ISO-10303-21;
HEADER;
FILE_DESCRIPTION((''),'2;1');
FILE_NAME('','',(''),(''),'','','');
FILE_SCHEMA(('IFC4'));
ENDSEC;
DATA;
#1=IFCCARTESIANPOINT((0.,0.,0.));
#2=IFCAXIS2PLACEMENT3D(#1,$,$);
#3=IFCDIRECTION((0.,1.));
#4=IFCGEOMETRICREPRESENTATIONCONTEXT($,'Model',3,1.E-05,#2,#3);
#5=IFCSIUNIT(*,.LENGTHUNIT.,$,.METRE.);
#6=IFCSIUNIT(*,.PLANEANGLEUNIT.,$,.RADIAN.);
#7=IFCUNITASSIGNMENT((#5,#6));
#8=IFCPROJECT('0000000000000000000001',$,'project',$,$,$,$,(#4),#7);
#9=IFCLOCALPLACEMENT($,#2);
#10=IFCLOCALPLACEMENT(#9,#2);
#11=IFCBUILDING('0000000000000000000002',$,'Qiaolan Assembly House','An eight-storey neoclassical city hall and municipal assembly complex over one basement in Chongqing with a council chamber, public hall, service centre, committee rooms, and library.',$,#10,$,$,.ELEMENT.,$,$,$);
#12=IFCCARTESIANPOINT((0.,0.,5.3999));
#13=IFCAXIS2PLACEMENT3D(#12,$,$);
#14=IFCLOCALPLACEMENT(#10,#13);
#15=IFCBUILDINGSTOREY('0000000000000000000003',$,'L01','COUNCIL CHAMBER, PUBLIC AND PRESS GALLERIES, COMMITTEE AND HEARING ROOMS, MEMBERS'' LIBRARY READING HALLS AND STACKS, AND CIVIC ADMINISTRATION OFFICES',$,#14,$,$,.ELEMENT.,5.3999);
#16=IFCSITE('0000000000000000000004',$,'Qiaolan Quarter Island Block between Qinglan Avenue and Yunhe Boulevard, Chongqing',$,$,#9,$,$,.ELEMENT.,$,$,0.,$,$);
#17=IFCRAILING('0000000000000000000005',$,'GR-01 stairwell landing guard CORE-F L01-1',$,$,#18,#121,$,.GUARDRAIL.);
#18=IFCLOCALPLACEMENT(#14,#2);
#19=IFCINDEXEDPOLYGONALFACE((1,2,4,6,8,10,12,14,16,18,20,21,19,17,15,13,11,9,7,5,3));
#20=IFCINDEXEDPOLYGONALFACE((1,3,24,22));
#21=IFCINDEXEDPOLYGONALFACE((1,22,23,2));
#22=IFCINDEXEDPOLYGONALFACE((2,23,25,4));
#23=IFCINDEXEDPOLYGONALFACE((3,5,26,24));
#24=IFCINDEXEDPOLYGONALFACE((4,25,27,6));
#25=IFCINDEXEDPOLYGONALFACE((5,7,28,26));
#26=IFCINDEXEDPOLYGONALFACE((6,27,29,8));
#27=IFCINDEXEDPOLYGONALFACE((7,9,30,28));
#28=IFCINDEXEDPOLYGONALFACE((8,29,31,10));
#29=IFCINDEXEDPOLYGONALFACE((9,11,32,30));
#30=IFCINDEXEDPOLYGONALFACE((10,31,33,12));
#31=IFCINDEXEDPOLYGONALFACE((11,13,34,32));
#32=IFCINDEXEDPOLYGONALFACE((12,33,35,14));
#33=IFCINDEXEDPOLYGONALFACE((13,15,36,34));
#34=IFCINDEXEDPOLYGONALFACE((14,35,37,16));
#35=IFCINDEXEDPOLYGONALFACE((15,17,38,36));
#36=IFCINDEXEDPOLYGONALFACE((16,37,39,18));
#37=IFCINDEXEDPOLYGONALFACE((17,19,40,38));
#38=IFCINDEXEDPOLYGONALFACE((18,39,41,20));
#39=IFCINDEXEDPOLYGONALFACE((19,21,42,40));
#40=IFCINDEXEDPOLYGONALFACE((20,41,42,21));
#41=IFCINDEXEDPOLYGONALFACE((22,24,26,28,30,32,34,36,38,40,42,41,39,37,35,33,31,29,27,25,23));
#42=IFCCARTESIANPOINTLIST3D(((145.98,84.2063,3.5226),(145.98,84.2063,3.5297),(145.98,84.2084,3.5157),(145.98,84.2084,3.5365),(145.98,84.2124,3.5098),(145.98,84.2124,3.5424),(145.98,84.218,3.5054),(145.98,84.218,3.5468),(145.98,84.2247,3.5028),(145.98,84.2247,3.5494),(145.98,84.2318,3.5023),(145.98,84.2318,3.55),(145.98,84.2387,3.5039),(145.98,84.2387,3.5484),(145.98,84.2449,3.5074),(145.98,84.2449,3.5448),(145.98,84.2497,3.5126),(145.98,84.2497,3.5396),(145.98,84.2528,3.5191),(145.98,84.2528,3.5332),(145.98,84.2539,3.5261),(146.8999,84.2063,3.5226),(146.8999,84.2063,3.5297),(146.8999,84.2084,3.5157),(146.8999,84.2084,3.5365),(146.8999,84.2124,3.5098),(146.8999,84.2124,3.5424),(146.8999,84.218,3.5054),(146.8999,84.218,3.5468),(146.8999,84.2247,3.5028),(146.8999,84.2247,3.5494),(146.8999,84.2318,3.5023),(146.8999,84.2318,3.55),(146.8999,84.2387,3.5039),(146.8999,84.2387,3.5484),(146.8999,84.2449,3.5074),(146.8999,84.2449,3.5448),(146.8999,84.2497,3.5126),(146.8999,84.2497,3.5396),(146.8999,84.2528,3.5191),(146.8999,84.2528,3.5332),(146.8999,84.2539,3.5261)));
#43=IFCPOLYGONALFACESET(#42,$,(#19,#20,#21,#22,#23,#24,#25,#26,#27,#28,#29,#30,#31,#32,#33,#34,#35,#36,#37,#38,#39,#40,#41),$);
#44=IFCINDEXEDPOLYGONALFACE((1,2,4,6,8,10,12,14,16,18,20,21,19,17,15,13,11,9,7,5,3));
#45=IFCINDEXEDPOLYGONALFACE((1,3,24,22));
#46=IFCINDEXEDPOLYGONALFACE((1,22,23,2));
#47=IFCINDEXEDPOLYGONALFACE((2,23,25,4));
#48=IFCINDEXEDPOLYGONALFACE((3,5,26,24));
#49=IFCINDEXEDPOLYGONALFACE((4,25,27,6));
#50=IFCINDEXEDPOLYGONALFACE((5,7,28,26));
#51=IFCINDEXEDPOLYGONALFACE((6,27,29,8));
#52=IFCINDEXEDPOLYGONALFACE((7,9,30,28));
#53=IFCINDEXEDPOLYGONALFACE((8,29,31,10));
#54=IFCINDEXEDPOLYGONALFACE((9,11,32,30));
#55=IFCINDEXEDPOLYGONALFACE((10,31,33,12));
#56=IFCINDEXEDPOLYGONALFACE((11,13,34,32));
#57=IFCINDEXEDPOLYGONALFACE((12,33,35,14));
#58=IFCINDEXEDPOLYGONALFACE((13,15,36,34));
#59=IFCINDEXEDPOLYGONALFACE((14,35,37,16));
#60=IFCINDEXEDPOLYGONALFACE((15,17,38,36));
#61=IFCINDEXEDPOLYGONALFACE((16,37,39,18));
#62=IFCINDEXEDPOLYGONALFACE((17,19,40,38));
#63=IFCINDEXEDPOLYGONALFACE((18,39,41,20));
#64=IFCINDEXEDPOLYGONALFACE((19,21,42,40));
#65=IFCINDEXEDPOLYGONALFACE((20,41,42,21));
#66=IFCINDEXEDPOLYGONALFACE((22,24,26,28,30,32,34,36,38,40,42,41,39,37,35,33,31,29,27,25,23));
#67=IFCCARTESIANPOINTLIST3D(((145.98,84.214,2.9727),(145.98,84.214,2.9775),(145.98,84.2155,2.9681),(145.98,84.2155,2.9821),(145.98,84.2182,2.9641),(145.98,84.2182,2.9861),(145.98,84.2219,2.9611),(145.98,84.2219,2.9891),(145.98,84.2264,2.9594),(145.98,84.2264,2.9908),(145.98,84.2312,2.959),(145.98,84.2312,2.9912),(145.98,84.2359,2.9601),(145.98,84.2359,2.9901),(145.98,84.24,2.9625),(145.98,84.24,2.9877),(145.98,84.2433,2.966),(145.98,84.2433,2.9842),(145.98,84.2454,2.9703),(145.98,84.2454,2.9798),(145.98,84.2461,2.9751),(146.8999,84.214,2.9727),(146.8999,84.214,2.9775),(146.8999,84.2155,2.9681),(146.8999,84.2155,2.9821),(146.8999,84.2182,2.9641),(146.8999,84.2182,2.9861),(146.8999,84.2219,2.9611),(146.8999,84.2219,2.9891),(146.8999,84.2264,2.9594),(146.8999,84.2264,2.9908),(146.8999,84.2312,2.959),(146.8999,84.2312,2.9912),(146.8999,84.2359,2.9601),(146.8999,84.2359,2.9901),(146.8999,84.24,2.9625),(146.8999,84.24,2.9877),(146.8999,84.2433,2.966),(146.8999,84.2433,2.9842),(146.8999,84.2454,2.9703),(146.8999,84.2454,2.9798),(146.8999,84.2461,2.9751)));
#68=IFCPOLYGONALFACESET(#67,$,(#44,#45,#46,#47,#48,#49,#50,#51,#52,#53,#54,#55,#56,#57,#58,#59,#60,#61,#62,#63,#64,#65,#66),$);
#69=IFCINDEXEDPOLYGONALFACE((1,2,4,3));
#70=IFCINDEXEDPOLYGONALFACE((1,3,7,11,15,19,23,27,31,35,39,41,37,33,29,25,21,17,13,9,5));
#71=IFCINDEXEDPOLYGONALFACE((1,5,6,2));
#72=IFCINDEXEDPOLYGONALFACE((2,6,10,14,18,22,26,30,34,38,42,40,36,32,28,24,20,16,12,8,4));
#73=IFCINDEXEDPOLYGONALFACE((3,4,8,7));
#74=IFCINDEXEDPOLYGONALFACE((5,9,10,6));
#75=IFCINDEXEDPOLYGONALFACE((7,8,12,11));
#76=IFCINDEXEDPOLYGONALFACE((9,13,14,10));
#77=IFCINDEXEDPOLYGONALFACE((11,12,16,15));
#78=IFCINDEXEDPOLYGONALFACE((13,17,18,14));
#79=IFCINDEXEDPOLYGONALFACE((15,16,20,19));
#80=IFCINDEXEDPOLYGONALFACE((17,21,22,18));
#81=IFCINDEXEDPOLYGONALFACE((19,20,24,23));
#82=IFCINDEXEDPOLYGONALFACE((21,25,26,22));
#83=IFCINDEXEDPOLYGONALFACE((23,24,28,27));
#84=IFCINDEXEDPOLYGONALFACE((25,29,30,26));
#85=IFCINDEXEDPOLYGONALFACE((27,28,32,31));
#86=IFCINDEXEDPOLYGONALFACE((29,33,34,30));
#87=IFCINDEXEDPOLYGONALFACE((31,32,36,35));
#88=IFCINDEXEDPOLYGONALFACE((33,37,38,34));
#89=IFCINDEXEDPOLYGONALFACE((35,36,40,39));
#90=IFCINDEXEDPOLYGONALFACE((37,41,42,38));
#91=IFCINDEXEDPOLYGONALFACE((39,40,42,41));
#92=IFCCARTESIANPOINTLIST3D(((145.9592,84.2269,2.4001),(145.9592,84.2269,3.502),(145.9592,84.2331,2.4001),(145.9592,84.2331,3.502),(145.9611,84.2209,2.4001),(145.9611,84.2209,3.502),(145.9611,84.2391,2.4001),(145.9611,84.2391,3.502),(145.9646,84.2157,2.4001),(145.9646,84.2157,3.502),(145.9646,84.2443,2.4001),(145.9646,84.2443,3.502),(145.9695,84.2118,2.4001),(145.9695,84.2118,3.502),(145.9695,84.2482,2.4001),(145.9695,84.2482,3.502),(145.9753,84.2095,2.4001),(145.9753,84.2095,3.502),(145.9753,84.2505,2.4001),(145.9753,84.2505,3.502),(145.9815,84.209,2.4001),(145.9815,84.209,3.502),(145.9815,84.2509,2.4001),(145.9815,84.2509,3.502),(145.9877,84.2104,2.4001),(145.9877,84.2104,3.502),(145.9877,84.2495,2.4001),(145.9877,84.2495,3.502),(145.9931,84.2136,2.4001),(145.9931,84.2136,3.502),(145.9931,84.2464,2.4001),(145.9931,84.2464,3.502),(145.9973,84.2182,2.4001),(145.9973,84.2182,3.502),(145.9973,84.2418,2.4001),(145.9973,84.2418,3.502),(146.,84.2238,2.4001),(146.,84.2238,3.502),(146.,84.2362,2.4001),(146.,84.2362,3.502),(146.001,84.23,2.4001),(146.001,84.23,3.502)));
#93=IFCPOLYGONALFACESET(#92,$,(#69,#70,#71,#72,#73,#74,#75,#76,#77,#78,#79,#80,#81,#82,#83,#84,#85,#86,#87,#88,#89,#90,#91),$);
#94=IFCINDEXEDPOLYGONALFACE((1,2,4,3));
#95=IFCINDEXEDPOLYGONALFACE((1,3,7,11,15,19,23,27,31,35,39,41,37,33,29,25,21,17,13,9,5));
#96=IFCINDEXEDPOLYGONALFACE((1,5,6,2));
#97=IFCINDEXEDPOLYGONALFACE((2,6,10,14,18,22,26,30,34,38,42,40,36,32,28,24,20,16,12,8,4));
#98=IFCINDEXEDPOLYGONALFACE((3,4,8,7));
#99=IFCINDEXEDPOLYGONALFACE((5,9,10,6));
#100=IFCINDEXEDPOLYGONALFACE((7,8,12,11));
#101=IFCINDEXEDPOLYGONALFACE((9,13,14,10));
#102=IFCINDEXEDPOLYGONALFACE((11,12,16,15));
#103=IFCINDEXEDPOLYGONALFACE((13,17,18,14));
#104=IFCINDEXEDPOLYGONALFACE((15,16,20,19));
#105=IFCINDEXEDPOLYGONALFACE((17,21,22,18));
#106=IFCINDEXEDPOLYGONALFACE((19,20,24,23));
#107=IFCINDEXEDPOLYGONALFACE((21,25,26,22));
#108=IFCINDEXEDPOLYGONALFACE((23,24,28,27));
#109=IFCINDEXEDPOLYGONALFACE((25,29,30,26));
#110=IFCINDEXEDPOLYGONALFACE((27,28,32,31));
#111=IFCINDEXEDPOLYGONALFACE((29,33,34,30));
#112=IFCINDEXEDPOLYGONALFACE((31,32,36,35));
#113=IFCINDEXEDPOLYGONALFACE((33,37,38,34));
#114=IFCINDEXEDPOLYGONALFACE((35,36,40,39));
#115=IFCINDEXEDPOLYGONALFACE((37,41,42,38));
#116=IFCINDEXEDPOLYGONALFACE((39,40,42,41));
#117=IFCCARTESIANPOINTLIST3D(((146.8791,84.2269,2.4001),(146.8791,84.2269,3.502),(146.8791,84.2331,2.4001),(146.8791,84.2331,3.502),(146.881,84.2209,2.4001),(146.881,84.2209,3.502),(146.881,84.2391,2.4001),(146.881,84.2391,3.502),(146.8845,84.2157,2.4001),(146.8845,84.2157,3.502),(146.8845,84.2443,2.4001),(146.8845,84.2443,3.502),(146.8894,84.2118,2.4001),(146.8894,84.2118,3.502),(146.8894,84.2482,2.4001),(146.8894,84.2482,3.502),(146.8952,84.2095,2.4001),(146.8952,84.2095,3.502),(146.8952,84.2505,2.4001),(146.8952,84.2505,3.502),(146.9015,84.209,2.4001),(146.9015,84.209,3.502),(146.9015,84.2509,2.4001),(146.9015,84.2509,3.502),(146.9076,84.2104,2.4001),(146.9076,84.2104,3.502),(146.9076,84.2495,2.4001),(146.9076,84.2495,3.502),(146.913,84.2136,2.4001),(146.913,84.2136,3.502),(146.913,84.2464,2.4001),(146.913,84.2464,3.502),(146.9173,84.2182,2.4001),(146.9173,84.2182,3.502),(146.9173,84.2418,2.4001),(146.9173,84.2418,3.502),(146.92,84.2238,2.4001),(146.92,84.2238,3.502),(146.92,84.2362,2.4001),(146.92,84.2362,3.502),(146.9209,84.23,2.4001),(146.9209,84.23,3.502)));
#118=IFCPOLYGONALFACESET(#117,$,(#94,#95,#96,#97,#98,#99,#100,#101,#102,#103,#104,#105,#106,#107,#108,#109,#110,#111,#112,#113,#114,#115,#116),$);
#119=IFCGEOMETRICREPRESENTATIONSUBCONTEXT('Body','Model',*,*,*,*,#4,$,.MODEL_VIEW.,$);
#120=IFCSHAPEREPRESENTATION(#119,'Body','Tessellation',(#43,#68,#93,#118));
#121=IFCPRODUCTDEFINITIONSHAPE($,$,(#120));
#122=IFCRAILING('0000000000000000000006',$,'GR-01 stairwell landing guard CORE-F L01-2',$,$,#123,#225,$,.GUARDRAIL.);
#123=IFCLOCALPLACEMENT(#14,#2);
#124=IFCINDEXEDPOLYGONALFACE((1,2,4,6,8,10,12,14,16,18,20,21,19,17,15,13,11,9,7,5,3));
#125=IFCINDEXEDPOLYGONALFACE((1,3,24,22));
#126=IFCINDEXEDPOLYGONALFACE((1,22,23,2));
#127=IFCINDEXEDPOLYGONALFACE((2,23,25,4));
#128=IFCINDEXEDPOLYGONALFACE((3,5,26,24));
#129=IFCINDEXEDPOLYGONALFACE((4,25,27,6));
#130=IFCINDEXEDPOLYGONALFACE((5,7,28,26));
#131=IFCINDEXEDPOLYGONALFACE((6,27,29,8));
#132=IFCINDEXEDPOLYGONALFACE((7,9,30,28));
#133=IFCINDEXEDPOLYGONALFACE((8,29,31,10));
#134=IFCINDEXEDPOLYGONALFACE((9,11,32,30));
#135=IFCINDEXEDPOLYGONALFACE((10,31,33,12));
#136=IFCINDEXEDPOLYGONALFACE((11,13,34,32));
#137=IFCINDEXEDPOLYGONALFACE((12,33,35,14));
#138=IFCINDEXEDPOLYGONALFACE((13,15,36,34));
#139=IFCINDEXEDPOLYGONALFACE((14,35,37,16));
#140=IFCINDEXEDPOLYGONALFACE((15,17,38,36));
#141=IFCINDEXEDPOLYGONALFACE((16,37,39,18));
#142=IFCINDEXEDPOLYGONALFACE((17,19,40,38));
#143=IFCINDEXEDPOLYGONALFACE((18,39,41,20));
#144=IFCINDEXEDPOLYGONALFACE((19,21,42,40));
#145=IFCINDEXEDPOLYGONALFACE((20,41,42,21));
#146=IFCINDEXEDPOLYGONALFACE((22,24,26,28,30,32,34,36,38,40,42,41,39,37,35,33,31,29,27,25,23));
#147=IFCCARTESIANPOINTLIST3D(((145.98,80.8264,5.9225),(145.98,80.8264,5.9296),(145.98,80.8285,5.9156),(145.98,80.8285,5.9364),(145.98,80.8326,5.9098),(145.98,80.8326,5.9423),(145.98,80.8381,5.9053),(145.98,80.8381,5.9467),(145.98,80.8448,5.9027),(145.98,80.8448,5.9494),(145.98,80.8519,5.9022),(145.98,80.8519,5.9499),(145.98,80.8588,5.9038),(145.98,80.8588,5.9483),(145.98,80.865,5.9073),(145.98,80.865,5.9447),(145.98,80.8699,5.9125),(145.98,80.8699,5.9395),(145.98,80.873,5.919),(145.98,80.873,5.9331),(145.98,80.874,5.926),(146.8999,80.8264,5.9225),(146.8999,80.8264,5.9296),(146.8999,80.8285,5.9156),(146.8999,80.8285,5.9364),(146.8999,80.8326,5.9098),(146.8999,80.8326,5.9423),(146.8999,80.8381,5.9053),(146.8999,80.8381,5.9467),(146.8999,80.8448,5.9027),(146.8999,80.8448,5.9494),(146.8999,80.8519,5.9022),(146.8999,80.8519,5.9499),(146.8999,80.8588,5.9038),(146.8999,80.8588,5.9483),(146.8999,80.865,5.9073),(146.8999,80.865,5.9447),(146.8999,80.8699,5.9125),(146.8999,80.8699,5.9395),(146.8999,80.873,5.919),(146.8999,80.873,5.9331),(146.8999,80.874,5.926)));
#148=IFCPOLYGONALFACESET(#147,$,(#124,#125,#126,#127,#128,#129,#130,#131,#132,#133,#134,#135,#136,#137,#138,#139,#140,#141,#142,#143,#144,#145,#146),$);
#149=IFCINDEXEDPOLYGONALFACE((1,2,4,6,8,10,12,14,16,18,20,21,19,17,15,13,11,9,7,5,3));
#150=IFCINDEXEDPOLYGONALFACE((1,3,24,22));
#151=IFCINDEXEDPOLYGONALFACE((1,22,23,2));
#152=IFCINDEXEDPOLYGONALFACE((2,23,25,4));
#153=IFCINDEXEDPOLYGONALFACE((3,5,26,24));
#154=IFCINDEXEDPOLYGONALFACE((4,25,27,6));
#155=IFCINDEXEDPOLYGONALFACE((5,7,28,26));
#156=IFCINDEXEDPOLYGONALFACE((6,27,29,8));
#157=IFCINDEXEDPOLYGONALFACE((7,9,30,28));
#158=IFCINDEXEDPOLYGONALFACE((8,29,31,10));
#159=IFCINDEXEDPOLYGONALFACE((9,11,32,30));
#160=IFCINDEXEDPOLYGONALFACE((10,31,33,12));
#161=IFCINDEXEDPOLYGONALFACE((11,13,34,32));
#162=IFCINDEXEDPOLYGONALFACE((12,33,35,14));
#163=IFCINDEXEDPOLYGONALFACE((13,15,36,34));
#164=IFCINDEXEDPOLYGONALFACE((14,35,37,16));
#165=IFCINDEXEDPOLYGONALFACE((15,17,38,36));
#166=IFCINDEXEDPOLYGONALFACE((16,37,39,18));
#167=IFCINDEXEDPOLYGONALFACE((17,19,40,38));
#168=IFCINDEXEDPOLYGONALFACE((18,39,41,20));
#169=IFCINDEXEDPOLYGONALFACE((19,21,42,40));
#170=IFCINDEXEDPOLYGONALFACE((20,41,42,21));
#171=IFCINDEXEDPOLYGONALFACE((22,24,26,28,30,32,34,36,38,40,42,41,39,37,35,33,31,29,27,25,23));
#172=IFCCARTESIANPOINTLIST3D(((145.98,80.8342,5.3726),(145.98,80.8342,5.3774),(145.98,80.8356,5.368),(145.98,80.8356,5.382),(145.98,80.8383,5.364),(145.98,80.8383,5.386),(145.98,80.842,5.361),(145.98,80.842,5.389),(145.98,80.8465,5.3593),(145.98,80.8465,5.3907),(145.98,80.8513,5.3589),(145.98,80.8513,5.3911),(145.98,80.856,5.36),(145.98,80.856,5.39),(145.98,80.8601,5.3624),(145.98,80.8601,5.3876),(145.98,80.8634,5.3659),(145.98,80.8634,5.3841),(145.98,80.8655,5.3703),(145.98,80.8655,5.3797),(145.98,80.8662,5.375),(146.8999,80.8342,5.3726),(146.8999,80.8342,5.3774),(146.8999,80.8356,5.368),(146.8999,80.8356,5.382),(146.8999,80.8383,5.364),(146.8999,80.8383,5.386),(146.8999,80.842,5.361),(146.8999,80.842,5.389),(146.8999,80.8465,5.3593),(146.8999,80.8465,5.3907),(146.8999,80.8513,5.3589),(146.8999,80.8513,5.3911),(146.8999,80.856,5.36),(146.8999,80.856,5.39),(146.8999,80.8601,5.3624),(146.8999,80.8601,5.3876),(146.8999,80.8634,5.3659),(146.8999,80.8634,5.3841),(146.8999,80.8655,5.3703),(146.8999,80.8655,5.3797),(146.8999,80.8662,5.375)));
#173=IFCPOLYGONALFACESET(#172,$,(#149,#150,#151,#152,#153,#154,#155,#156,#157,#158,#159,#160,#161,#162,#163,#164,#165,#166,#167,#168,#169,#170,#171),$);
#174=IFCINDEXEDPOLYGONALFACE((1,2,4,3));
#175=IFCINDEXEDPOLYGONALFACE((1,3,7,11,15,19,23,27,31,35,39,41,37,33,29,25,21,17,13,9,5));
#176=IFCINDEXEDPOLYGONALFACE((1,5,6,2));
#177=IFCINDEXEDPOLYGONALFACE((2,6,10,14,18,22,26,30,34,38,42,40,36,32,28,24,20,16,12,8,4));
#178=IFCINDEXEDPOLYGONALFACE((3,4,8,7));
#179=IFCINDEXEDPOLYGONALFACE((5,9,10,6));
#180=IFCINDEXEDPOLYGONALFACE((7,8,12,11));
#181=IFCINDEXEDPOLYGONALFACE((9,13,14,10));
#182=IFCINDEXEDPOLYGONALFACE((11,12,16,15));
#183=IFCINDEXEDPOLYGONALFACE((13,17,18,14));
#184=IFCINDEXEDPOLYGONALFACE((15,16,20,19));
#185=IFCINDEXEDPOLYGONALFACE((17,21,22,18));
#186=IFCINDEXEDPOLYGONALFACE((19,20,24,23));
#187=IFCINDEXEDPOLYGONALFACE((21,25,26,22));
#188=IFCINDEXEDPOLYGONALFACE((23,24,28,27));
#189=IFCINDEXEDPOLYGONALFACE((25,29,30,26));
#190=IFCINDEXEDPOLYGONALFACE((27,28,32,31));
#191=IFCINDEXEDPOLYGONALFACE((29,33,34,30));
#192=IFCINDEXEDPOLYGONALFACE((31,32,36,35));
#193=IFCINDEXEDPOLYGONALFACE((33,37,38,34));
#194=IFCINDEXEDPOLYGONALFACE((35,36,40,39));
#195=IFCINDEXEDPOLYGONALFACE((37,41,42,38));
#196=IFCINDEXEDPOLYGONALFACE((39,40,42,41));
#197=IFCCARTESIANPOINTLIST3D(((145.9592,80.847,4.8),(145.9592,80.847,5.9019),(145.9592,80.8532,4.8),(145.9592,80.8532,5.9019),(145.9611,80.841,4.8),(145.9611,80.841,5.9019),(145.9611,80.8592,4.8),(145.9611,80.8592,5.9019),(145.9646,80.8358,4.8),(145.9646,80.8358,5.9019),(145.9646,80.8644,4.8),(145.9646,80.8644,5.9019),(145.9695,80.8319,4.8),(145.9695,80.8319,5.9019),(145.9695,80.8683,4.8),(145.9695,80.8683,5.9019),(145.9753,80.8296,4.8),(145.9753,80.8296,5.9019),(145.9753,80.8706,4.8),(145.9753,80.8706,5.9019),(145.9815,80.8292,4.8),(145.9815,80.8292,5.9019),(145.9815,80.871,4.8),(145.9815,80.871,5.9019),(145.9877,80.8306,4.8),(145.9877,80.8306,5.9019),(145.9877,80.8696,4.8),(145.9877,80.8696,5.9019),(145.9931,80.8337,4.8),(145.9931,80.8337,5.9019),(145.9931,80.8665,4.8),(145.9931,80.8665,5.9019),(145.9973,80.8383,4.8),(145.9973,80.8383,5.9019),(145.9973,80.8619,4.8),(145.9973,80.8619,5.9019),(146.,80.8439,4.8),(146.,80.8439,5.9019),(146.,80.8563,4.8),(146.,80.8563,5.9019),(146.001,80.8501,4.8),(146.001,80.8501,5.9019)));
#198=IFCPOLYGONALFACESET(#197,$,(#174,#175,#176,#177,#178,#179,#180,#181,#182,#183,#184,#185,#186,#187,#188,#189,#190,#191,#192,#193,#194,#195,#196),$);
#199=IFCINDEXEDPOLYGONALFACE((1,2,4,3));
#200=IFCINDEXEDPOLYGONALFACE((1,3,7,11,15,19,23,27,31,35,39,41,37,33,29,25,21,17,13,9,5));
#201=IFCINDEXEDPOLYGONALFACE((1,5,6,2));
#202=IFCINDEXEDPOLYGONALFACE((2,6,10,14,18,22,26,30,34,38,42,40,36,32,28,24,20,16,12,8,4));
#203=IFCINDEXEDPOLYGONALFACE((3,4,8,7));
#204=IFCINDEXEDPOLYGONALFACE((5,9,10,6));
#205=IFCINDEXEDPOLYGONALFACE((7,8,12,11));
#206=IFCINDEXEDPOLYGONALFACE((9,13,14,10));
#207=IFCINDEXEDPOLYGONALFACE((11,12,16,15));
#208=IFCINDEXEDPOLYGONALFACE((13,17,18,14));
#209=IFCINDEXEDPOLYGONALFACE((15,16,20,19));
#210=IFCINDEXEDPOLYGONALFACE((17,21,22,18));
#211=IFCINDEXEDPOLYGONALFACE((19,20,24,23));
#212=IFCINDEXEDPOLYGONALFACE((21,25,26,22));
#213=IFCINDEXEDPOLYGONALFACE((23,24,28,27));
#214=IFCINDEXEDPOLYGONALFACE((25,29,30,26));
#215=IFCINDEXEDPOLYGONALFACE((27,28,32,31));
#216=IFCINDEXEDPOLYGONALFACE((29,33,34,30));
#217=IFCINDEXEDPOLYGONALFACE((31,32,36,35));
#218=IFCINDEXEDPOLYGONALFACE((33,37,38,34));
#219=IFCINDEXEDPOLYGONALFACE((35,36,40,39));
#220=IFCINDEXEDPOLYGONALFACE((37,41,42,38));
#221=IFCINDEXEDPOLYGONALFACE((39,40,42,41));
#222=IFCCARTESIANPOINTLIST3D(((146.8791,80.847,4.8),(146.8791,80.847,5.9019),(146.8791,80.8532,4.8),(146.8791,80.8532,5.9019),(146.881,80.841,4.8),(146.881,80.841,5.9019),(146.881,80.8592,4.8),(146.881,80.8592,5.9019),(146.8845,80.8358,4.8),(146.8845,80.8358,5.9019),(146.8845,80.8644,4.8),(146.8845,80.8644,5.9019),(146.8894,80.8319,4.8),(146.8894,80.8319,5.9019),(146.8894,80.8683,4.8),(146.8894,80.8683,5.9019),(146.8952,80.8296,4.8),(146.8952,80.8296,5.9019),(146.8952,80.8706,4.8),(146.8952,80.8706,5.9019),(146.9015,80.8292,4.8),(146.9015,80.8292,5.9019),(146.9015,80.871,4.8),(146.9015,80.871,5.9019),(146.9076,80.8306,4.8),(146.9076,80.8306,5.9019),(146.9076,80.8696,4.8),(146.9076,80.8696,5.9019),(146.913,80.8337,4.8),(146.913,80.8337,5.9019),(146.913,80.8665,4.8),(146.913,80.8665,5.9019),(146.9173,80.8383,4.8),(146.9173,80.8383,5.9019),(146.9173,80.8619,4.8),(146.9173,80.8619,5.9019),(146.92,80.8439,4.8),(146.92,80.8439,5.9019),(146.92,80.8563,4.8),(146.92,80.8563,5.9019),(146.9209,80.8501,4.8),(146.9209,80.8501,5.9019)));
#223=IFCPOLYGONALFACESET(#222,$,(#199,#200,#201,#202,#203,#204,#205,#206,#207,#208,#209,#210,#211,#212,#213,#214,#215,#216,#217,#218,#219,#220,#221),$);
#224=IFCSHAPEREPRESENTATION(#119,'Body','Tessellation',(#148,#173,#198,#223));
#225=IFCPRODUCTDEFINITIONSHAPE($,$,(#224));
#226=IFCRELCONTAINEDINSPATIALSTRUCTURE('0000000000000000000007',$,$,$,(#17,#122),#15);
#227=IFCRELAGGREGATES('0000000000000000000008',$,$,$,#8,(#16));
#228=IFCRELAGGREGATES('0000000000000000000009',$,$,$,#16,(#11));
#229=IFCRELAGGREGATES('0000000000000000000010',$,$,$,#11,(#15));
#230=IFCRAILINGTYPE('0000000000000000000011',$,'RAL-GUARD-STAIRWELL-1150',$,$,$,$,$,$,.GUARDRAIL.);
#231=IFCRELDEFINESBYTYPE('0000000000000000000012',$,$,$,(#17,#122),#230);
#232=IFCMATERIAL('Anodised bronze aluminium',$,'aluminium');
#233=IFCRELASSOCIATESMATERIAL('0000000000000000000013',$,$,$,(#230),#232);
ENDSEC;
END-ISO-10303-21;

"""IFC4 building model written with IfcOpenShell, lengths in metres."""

from ifc_helpers import new_model, si_unit, direction, frame, origin, origin_2d, place, context, subcontext, project, spatial, circle, extrude, material, type_object, element, save


model = new_model("IFC4")

# Units and contexts
model_context = context("Model", 3, precision=1e-05, world=origin(), true_north=direction((0.0, 1.0)))
body_context = subcontext(model_context, "Body", "Model", "MODEL_VIEW")
ifc_project = project(units=[si_unit("LENGTHUNIT", "METRE"), si_unit("PLANEANGLEUNIT", "RADIAN")], contexts=[model_context])

# Site, building, storey
site_placement = place(None, origin())
site = spatial("IfcSite", under=ifc_project, at=site_placement, Name="Qiaolan Quarter Island Block between Qinglan Avenue and Yunhe Boulevard, Chongqing", CompositionType="ELEMENT", RefElevation=0.0)
building_placement = place(site_placement, origin())
building = spatial("IfcBuilding", under=site, at=building_placement, Name="Qiaolan Assembly House", Description="An eight-storey neoclassical city hall and municipal assembly complex over one basement in Chongqing with a council chamber, public hall, service centre, committee rooms, and library.", CompositionType="ELEMENT")
storey_placement = place(building_placement, frame((0.0, 0.0, 5.3999)))
storey = spatial("IfcBuildingStorey", under=building, at=storey_placement, Name="L01", Description="COUNCIL CHAMBER, PUBLIC AND PRESS GALLERIES, COMMITTEE AND HEARING ROOMS, MEMBERS' LIBRARY READING HALLS AND STACKS, AND CIVIC ADMINISTRATION OFFICES", CompositionType="ELEMENT", Elevation=5.3999)

# Shared definitions
ifc_material_1 = material(Name="Anodised bronze aluminium", Category="aluminium")

# Railings
railing_type_1 = type_object("IfcRailingType", Name="RAL-GUARD-STAIRWELL-1150", PredefinedType="GUARDRAIL", material=ifc_material_1)
for number, where, name in (
    (1, (145.98, 84.23, 2.4001), "GR-01 stairwell landing guard CORE-F L01-1"),
    (2, (145.98, 80.8501, 4.8), "GR-01 stairwell landing guard CORE-F L01-2"),
):
    element("IfcRailing", number, at=place(storey_placement, frame(where)), inside=storey, type_object=railing_type_1, Name=name, PredefinedType="GUARDRAIL", context=body_context, shape_type="SweptSolid", body=[
        extrude(circle(Radius=0.0239, at=origin_2d()), frame((0.0, 0.0, 1.126), z_axis=(1.0, 0.0, 0.0), x_axis=(0.0, 1.0, 0.0)), (0.0, 0.0, 1.0), 0.9199),
        extrude(circle(Radius=0.0161, at=origin_2d()), frame((0.0, 0.0, 0.575), z_axis=(1.0, 0.0, 0.0), x_axis=(0.0, 1.0, 0.0)), (0.0, 0.0, 1.0), 0.9199),
        extrude(circle(Radius=0.021, at=origin_2d()), origin(), (0.0, 0.0, 1.0), 1.1018),
        extrude(circle(Radius=0.021, at=origin_2d()), frame((0.9199, 0.0, 0.0)), (0.0, 0.0, 1.0), 1.1018),
    ])

save(model, "model.ifc")
